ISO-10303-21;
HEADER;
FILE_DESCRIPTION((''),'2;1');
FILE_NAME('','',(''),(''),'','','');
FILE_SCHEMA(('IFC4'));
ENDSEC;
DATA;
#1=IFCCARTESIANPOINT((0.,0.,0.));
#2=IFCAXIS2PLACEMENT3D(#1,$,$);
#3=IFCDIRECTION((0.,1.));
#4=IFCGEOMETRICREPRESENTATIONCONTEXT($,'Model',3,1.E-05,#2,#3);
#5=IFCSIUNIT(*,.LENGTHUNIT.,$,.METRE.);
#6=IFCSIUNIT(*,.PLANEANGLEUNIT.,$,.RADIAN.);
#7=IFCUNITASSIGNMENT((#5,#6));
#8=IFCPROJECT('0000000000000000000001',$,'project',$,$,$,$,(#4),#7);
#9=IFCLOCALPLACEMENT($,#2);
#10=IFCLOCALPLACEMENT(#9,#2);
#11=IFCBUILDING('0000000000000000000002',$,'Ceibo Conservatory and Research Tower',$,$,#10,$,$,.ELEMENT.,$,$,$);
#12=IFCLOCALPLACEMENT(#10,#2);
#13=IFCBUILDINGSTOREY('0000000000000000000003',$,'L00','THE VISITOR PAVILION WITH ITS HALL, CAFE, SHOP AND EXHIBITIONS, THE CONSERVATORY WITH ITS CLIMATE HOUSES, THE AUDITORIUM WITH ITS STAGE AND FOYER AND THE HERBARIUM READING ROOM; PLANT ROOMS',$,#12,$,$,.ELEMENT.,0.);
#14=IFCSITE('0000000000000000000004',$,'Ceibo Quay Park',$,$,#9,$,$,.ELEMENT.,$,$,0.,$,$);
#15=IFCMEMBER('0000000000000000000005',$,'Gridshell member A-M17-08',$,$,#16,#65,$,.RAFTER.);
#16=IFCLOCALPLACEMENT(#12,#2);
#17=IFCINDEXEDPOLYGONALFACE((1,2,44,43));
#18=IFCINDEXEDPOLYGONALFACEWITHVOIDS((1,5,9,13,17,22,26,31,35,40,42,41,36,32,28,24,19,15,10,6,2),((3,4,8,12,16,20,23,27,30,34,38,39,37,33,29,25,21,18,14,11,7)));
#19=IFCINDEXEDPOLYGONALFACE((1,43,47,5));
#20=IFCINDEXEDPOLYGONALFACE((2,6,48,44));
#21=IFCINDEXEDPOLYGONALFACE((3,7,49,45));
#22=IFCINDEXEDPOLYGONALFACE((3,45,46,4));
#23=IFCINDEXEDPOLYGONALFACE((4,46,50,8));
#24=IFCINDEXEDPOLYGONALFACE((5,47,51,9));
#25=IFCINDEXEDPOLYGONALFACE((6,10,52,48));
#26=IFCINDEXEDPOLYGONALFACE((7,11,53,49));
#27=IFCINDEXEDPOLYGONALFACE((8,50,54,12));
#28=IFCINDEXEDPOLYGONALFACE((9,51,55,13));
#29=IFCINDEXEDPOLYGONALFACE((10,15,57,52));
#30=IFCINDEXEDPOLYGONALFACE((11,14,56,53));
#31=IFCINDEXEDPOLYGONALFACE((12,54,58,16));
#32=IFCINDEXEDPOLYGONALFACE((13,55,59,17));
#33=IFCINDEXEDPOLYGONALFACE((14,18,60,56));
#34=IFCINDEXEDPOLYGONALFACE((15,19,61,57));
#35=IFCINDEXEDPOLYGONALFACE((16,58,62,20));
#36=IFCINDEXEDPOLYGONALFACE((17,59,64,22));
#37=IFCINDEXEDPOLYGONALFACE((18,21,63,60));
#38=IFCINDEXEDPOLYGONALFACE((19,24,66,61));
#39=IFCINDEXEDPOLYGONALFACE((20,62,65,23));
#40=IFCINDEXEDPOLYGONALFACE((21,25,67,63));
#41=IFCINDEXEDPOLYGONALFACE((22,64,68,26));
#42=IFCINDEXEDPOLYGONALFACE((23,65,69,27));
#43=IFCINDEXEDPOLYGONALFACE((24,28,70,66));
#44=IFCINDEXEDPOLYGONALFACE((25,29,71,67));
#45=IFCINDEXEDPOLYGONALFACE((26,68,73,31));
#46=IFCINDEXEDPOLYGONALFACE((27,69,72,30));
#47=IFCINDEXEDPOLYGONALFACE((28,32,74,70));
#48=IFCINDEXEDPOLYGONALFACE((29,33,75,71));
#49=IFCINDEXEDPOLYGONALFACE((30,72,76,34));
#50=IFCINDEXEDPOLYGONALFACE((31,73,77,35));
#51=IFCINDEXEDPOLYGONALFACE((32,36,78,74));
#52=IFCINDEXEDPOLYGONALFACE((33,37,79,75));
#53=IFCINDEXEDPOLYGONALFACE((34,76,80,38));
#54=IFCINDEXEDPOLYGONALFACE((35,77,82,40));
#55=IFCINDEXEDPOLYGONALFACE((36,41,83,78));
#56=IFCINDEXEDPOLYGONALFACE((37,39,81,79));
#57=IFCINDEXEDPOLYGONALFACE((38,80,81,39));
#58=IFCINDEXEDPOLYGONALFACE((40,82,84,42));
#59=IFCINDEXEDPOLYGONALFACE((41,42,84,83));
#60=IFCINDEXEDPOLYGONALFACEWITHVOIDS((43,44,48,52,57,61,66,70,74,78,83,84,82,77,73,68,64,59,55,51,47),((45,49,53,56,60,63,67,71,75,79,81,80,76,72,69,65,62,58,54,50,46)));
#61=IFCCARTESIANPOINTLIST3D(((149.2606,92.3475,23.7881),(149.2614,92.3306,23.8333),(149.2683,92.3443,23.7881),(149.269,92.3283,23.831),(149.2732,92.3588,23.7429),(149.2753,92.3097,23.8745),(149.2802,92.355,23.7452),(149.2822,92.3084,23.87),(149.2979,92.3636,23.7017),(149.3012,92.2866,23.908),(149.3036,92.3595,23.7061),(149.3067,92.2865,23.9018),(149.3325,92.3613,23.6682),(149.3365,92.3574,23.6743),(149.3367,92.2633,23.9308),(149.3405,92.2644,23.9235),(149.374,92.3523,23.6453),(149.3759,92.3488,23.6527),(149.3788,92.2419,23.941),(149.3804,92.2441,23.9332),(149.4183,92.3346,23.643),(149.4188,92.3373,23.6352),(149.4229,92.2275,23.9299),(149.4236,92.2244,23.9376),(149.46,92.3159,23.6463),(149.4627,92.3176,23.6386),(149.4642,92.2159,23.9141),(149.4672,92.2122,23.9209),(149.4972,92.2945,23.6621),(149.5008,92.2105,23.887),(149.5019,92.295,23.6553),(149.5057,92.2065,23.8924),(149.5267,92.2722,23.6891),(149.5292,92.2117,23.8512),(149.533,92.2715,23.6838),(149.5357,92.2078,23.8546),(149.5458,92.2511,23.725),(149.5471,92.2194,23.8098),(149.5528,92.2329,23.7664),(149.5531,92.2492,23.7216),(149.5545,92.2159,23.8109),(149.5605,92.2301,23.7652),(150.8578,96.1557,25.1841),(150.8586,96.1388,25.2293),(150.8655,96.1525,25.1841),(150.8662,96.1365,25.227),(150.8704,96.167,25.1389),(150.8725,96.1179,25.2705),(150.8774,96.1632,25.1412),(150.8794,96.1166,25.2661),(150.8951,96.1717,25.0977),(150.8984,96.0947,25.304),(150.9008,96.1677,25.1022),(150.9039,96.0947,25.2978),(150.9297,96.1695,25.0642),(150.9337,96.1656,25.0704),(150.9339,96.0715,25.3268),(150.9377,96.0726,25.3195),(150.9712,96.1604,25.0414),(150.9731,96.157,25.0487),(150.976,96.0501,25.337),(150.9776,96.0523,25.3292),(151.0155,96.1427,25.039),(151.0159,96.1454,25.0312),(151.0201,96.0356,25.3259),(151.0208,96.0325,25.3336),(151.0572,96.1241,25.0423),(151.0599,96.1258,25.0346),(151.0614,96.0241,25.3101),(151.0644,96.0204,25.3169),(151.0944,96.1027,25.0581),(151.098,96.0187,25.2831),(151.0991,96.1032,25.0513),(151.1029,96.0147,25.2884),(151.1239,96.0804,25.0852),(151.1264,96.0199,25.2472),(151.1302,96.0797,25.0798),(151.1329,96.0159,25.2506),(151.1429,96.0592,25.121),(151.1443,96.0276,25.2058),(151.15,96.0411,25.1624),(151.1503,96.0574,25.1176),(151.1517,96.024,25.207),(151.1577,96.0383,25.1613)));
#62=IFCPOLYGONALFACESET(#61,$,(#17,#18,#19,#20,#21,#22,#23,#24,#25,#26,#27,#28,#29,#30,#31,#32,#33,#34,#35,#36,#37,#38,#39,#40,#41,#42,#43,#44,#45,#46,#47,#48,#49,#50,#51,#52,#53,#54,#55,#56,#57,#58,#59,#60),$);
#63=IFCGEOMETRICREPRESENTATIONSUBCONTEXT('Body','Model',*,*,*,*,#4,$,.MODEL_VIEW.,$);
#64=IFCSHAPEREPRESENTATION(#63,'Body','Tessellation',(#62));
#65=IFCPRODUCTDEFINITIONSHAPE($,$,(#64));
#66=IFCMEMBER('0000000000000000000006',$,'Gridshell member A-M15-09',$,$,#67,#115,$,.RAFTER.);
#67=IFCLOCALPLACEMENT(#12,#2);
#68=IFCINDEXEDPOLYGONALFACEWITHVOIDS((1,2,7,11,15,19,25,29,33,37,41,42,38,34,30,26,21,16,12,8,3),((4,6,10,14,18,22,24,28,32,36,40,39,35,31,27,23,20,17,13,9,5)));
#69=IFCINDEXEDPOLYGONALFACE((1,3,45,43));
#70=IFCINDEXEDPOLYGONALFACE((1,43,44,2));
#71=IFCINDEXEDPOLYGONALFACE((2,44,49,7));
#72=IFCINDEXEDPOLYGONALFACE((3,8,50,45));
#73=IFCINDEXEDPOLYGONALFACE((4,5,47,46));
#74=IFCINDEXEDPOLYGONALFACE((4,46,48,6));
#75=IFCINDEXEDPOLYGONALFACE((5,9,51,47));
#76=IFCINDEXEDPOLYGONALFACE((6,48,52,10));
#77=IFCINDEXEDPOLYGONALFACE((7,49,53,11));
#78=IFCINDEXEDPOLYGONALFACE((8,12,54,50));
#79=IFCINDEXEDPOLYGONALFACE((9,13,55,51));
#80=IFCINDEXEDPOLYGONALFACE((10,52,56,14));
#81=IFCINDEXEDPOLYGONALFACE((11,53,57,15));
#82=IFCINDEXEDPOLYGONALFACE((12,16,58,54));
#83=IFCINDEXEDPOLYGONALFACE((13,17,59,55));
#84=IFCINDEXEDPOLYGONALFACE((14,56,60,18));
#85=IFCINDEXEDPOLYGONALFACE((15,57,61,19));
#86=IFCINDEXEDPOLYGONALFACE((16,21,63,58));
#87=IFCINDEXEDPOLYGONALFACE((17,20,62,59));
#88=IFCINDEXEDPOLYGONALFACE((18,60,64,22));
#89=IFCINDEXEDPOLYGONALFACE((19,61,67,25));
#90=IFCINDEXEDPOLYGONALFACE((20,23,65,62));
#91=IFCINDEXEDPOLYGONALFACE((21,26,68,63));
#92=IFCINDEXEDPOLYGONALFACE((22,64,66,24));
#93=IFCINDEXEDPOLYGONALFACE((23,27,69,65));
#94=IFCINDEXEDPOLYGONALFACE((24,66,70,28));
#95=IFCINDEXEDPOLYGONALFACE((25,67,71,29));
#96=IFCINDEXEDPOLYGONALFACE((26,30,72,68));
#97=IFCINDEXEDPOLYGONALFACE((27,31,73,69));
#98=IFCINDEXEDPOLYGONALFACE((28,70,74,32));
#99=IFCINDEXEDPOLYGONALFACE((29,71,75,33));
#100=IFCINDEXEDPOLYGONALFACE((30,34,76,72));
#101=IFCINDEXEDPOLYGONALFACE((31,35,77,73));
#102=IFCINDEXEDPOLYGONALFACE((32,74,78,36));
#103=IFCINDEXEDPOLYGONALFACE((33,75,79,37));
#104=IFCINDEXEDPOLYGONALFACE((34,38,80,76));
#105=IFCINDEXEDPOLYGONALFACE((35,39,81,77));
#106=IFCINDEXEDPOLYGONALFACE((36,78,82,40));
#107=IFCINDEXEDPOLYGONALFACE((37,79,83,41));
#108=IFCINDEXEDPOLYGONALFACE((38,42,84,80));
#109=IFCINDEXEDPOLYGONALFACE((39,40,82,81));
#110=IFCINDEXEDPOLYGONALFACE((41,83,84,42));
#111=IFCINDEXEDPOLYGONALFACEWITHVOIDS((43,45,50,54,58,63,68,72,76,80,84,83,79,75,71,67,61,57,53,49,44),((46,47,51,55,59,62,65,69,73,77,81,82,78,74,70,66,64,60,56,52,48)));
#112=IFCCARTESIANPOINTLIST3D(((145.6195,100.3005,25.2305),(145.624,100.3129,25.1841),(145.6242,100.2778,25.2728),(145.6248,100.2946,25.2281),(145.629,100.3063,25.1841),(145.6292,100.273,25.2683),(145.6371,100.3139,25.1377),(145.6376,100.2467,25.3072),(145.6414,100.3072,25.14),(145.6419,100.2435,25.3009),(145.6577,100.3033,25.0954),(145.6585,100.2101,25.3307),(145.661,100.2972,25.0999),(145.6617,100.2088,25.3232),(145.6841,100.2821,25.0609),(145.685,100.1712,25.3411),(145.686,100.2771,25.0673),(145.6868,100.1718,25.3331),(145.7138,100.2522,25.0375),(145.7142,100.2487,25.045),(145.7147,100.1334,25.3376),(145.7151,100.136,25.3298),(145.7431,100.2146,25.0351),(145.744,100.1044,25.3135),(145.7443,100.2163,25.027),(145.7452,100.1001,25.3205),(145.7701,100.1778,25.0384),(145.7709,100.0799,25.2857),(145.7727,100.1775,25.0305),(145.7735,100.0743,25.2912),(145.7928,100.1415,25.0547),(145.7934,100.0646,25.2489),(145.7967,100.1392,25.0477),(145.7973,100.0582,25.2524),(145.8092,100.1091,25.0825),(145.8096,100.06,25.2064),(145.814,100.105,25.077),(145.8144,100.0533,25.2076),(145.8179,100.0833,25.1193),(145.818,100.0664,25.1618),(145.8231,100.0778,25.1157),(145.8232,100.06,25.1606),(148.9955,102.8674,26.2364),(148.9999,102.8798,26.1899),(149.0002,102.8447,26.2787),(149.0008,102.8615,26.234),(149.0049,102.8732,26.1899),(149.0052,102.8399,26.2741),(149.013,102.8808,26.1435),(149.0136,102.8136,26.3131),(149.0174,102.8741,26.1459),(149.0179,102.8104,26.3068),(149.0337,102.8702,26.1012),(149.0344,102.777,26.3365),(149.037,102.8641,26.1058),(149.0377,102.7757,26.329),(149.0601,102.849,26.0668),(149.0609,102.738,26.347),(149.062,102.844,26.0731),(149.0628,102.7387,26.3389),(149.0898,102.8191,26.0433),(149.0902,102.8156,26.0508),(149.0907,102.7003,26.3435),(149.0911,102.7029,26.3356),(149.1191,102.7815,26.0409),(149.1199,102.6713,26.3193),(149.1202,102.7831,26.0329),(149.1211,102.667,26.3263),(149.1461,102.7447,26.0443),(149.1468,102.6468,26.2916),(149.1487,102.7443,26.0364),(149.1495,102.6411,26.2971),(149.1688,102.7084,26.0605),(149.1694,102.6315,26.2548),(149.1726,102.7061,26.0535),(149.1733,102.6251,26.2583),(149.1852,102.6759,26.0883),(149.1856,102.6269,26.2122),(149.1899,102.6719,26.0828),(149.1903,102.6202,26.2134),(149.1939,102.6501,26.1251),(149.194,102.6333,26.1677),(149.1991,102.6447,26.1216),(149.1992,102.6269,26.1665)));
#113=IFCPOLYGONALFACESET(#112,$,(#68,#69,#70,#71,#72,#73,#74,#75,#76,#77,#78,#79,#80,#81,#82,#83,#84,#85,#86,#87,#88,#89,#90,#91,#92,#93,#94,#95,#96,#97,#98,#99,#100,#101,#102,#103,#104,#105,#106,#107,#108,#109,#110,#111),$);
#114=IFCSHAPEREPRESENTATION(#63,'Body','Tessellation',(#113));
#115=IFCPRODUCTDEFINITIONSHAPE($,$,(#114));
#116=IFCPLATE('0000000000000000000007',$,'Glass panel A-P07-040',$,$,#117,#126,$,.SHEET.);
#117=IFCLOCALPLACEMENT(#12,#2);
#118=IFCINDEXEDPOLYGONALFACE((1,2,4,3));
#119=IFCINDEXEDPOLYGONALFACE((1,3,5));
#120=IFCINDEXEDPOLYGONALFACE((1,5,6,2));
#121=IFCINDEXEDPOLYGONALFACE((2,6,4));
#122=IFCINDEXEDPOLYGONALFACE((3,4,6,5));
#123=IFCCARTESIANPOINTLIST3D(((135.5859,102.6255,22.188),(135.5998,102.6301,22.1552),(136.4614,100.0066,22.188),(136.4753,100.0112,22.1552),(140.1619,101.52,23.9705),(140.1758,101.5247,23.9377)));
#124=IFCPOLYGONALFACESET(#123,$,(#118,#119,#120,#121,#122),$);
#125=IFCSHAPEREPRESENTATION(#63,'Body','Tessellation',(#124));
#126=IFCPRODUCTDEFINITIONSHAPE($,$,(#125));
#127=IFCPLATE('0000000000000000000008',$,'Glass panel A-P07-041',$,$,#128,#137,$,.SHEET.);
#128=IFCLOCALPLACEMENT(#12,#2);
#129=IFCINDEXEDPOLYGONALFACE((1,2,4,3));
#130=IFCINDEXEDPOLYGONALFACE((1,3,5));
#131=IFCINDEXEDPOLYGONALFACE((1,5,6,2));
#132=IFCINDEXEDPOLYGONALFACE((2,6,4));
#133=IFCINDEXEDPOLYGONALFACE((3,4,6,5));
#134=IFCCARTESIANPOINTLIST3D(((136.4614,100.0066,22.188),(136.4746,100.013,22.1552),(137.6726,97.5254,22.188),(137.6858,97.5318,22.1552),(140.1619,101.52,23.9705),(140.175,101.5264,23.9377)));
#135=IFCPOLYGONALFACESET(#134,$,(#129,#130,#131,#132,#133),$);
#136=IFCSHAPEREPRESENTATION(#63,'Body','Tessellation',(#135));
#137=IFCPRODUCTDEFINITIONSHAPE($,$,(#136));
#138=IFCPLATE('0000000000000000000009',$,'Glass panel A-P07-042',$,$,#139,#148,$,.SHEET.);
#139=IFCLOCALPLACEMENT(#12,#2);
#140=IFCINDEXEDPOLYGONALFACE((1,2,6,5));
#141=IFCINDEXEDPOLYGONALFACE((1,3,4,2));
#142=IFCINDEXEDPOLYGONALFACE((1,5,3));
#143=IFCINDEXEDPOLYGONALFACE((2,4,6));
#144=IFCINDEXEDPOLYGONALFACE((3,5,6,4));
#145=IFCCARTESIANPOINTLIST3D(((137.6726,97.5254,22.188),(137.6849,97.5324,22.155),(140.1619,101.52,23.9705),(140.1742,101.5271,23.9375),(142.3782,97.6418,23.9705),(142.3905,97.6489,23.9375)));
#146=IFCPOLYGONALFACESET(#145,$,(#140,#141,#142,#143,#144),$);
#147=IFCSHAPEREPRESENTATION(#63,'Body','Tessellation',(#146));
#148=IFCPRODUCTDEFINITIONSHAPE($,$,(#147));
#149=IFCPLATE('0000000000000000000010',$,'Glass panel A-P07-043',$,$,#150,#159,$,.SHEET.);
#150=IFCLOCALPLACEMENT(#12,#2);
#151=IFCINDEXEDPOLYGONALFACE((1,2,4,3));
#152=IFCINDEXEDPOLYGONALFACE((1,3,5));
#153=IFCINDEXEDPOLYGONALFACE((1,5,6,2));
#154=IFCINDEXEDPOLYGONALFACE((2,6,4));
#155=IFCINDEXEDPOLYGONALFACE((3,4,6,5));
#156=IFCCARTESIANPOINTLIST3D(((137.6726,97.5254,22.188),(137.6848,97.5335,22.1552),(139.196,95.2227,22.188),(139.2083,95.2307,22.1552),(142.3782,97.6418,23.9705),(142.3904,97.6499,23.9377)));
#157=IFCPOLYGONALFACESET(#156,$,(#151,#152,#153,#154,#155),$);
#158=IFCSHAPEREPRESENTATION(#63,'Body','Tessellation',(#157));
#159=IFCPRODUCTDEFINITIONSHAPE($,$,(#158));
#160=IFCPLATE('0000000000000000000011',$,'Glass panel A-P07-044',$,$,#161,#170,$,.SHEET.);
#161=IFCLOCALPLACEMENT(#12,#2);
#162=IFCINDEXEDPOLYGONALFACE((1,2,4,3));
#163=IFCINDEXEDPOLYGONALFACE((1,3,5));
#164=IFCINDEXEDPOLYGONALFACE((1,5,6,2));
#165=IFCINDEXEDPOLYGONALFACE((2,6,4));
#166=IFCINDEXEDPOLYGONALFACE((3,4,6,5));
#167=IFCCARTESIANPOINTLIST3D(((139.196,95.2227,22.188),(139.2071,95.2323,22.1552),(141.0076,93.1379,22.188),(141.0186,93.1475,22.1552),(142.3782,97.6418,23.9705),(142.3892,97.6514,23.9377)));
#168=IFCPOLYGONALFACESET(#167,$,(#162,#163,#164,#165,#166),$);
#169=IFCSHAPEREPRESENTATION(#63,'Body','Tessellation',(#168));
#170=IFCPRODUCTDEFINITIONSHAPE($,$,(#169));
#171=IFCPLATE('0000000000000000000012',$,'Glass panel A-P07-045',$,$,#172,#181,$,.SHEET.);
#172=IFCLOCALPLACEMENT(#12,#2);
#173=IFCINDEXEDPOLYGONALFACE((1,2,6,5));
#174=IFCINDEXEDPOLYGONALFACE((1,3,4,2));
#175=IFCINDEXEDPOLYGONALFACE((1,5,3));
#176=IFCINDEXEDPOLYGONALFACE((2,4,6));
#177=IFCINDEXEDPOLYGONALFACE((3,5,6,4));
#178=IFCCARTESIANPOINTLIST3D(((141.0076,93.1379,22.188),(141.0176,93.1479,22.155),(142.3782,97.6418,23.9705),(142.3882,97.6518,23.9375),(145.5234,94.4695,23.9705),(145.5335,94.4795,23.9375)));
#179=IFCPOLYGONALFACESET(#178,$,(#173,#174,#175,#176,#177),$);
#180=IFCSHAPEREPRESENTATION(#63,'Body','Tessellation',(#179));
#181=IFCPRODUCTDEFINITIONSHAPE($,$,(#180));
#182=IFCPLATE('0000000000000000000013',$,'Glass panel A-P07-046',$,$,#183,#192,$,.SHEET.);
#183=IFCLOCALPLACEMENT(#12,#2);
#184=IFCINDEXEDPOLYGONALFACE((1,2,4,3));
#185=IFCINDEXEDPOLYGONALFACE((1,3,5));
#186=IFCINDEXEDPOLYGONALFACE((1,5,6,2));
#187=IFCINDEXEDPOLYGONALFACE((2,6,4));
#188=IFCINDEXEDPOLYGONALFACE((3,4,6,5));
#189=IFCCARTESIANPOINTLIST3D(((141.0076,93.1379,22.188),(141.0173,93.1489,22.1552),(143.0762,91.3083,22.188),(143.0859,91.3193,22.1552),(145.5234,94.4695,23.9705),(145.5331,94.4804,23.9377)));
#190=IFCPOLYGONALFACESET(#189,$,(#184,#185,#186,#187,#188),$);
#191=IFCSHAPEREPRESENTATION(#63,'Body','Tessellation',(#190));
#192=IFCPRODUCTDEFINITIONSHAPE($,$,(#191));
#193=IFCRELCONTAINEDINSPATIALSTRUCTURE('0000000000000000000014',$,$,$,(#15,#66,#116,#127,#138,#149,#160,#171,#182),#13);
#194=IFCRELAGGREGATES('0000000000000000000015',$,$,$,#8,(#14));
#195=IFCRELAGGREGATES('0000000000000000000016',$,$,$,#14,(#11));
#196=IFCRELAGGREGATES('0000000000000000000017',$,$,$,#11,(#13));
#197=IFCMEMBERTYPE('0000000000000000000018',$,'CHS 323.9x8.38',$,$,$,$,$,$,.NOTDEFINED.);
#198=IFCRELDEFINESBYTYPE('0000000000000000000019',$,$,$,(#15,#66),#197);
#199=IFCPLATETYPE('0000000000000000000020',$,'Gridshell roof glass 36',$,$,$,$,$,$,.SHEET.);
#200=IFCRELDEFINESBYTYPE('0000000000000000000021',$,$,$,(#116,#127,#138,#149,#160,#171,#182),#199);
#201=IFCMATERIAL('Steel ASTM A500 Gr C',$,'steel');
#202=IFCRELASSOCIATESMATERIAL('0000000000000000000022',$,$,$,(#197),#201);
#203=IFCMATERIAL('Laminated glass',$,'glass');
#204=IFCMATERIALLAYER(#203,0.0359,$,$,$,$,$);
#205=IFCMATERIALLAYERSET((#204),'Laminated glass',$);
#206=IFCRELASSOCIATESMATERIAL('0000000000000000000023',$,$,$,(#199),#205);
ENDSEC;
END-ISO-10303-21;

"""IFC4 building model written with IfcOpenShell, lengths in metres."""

from ifc_helpers import new_model, si_unit, direction, frame, origin, origin_2d, place, context, subcontext, project, spatial, polyline, hollow_circle, outline, extrude, material, layer, layer_set, material_profile, profile_set, type_object, element, save


model = new_model("IFC4")

# Units and contexts
model_context = context("Model", 3, precision=1e-05, world=origin(), true_north=direction((0.0, 1.0)))
body_context = subcontext(model_context, "Body", "Model", "MODEL_VIEW")
ifc_project = project(units=[si_unit("LENGTHUNIT", "METRE"), si_unit("PLANEANGLEUNIT", "RADIAN")], contexts=[model_context])

# Site, building, storey
site_placement = place(None, origin())
site = spatial("IfcSite", under=ifc_project, at=site_placement, Name="Ceibo Quay Park", CompositionType="ELEMENT", RefElevation=0.0)
building_placement = place(site_placement, origin())
building = spatial("IfcBuilding", under=site, at=building_placement, Name="Ceibo Conservatory and Research Tower", CompositionType="ELEMENT")
storey_placement = place(building_placement, origin())
storey = spatial("IfcBuildingStorey", under=building, at=storey_placement, Name="L00", Description="THE VISITOR PAVILION WITH ITS HALL, CAFE, SHOP AND EXHIBITIONS, THE CONSERVATORY WITH ITS CLIMATE HOUSES, THE AUDITORIUM WITH ITS STAGE AND FOYER AND THE HERBARIUM READING ROOM; PLANT ROOMS", CompositionType="ELEMENT", Elevation=0.0)

# Members
ifc_material_1 = material(Name="Steel ASTM A500 Gr C", Category="steel")
ifc_material_profile_1 = material_profile(ifc_material_1, hollow_circle(Radius=0.1619, WallThickness=0.0083, at=origin_2d()), Name="CHS 323.9x8.38")
ifc_profile_set_1 = profile_set([ifc_material_profile_1], Name="Steel ASTM A500 Gr C")
member_type_1 = type_object("IfcMemberType", Name="CHS 323.9x8.38", PredefinedType="NOTDEFINED", material=ifc_profile_set_1)
for number, where, z_axis, x_axis, name in (
    (1, (149.4099, 92.2849, 23.7881), (0.366402, 0.873607, 0.320252), (-0.922175, 0.386772, 0.0), "Gridshell member A-M17-08"),
):
    element("IfcMember", number, at=place(storey_placement, frame(where, z_axis=z_axis, x_axis=x_axis)), inside=storey, type_object=member_type_1, Name=name, PredefinedType="RAFTER", context=body_context, shape_type="SweptSolid", body=[
        extrude(hollow_circle(Radius=0.1619, WallThickness=0.0083, at=origin_2d()), origin(), (0.0, 0.0, 1.0), 4.3591),
    ])
member_1_placement = place(storey_placement, frame((145.7219, 100.1841, 25.1841), z_axis=(0.774545, 0.588918, 0.230773), x_axis=(-0.605255, 0.796031, 0.0)))
element("IfcMember", 2, at=member_1_placement, inside=storey, type_object=member_type_1, Name="Gridshell member A-M15-09", PredefinedType="RAFTER", context=body_context, shape_type="SweptSolid", body=[
    extrude(hollow_circle(Radius=0.1619, WallThickness=0.0083, at=origin_2d()), origin(), (0.0, 0.0, 1.0), 4.3586),
])

# Plates
ifc_material_2 = material(Name="Laminated glass", Category="glass")
ifc_layer = layer(ifc_material_2, 0.0359)
ifc_layer_set = layer_set([ifc_layer], Name="Laminated glass")
plate_type = type_object("IfcPlateType", Name="Gridshell roof glass 36", PredefinedType="SHEET", material=ifc_layer_set)
plate_1_placement = place(storey_placement, frame((140.1619, 101.52, 23.9705), z_axis=(-0.386892, -0.129337, 0.91301), x_axis=(-0.909054, 0.219613, -0.354106)))
element("IfcPlate", 3, at=plate_1_placement, inside=storey, type_object=plate_type, Name="Glass panel A-P07-040", PredefinedType="SHEET", context=body_context, shape_type="SweptSolid", body=[
    extrude(outline(polyline([(0.0, 0.0), (5.0337, 0.0), (3.6627, 2.397), (0.0, 0.0)])), origin(), (0.0, 0.0, -1.0), 0.0359),
])
plate_2_placement = place(storey_placement, frame((140.1619, 101.52, 23.9705), z_axis=(-0.366599, -0.178953, 0.913007), x_axis=(-0.845367, -0.345743, -0.407206)))
element("IfcPlate", 4, at=plate_2_placement, inside=storey, type_object=plate_type, Name="Glass panel A-P07-041", PredefinedType="SHEET", context=body_context, shape_type="SweptSolid", body=[
    extrude(outline(polyline([(0.0, 0.0), (4.3773, 0.0), (4.2113, 2.756), (0.0, 0.0)])), origin(), (0.0, 0.0, -1.0), 0.0359),
])
plate_3_placement = place(storey_placement, frame((140.1619, 101.52, 23.9705), z_axis=(-0.343113, -0.196083, 0.918599), x_axis=(-0.494591, -0.793694, -0.35416)))
element("IfcPlate", 5, at=plate_3_placement, inside=storey, type_object=plate_type, Name="Glass panel A-P07-042", PredefinedType="SHEET", context=body_context, shape_type="SweptSolid", body=[
    extrude(outline(polyline([(0.0, 0.0), (5.033, 0.0), (1.9819, 4.003), (0.0, 0.0)])), origin(), (0.0, 0.0, -1.0), 0.0359),
])
plate_4_placement = place(storey_placement, frame((142.3782, 97.6418, 23.9705), z_axis=(-0.340268, -0.225114, 0.912985), x_axis=(-0.934905, -0.023137, -0.354143)))
element("IfcPlate", 6, at=plate_4_placement, inside=storey, type_object=plate_type, Name="Glass panel A-P07-043", PredefinedType="SHEET", context=body_context, shape_type="SweptSolid", body=[
    extrude(outline(polyline([(0.0, 0.0), (5.0332, 0.0), (3.6622, 2.3966), (0.0, 0.0)])), origin(), (0.0, 0.0, -1.0), 0.0359),
])
plate_5_placement = place(storey_placement, frame((142.3782, 97.6418, 23.9705), z_axis=(-0.307964, -0.267607, 0.912987), x_axis=(-0.727059, -0.552741, -0.407262)))
element("IfcPlate", 7, at=plate_5_placement, inside=storey, type_object=plate_type, Name="Glass panel A-P07-044", PredefinedType="SHEET", context=body_context, shape_type="SweptSolid", body=[
    extrude(outline(polyline([(0.0, 0.0), (4.3767, 0.0), (4.2119, 2.7569), (0.0, 0.0)])), origin(), (0.0, 0.0, -1.0), 0.0359),
])
plate_6_placement = place(storey_placement, frame((142.3782, 97.6418, 23.9705), z_axis=(-0.280575, -0.278178, 0.918638), x_axis=(-0.272271, -0.894701, -0.354088)))
element("IfcPlate", 8, at=plate_6_placement, inside=storey, type_object=plate_type, Name="Glass panel A-P07-045", PredefinedType="SHEET", context=body_context, shape_type="SweptSolid", body=[
    extrude(outline(polyline([(0.0, 0.0), (5.034, 0.0), (1.982, 4.0036), (0.0, 0.0)])), origin(), (0.0, 0.0, -1.0), 0.0359),
])
plate_7_placement = place(storey_placement, frame((145.5234, 94.4695, 23.9705), z_axis=(-0.270271, -0.305579, 0.913003), x_axis=(-0.897036, -0.264499, -0.354071)))
element("IfcPlate", 9, at=plate_7_placement, inside=storey, type_object=plate_type, Name="Glass panel A-P07-046", PredefinedType="SHEET", context=body_context, shape_type="SweptSolid", body=[
    extrude(outline(polyline([(0.0, 0.0), (5.0342, 0.0), (3.6625, 2.3969), (0.0, 0.0)])), origin(), (0.0, 0.0, -1.0), 0.0359),
])

save(model, "model.ifc")
